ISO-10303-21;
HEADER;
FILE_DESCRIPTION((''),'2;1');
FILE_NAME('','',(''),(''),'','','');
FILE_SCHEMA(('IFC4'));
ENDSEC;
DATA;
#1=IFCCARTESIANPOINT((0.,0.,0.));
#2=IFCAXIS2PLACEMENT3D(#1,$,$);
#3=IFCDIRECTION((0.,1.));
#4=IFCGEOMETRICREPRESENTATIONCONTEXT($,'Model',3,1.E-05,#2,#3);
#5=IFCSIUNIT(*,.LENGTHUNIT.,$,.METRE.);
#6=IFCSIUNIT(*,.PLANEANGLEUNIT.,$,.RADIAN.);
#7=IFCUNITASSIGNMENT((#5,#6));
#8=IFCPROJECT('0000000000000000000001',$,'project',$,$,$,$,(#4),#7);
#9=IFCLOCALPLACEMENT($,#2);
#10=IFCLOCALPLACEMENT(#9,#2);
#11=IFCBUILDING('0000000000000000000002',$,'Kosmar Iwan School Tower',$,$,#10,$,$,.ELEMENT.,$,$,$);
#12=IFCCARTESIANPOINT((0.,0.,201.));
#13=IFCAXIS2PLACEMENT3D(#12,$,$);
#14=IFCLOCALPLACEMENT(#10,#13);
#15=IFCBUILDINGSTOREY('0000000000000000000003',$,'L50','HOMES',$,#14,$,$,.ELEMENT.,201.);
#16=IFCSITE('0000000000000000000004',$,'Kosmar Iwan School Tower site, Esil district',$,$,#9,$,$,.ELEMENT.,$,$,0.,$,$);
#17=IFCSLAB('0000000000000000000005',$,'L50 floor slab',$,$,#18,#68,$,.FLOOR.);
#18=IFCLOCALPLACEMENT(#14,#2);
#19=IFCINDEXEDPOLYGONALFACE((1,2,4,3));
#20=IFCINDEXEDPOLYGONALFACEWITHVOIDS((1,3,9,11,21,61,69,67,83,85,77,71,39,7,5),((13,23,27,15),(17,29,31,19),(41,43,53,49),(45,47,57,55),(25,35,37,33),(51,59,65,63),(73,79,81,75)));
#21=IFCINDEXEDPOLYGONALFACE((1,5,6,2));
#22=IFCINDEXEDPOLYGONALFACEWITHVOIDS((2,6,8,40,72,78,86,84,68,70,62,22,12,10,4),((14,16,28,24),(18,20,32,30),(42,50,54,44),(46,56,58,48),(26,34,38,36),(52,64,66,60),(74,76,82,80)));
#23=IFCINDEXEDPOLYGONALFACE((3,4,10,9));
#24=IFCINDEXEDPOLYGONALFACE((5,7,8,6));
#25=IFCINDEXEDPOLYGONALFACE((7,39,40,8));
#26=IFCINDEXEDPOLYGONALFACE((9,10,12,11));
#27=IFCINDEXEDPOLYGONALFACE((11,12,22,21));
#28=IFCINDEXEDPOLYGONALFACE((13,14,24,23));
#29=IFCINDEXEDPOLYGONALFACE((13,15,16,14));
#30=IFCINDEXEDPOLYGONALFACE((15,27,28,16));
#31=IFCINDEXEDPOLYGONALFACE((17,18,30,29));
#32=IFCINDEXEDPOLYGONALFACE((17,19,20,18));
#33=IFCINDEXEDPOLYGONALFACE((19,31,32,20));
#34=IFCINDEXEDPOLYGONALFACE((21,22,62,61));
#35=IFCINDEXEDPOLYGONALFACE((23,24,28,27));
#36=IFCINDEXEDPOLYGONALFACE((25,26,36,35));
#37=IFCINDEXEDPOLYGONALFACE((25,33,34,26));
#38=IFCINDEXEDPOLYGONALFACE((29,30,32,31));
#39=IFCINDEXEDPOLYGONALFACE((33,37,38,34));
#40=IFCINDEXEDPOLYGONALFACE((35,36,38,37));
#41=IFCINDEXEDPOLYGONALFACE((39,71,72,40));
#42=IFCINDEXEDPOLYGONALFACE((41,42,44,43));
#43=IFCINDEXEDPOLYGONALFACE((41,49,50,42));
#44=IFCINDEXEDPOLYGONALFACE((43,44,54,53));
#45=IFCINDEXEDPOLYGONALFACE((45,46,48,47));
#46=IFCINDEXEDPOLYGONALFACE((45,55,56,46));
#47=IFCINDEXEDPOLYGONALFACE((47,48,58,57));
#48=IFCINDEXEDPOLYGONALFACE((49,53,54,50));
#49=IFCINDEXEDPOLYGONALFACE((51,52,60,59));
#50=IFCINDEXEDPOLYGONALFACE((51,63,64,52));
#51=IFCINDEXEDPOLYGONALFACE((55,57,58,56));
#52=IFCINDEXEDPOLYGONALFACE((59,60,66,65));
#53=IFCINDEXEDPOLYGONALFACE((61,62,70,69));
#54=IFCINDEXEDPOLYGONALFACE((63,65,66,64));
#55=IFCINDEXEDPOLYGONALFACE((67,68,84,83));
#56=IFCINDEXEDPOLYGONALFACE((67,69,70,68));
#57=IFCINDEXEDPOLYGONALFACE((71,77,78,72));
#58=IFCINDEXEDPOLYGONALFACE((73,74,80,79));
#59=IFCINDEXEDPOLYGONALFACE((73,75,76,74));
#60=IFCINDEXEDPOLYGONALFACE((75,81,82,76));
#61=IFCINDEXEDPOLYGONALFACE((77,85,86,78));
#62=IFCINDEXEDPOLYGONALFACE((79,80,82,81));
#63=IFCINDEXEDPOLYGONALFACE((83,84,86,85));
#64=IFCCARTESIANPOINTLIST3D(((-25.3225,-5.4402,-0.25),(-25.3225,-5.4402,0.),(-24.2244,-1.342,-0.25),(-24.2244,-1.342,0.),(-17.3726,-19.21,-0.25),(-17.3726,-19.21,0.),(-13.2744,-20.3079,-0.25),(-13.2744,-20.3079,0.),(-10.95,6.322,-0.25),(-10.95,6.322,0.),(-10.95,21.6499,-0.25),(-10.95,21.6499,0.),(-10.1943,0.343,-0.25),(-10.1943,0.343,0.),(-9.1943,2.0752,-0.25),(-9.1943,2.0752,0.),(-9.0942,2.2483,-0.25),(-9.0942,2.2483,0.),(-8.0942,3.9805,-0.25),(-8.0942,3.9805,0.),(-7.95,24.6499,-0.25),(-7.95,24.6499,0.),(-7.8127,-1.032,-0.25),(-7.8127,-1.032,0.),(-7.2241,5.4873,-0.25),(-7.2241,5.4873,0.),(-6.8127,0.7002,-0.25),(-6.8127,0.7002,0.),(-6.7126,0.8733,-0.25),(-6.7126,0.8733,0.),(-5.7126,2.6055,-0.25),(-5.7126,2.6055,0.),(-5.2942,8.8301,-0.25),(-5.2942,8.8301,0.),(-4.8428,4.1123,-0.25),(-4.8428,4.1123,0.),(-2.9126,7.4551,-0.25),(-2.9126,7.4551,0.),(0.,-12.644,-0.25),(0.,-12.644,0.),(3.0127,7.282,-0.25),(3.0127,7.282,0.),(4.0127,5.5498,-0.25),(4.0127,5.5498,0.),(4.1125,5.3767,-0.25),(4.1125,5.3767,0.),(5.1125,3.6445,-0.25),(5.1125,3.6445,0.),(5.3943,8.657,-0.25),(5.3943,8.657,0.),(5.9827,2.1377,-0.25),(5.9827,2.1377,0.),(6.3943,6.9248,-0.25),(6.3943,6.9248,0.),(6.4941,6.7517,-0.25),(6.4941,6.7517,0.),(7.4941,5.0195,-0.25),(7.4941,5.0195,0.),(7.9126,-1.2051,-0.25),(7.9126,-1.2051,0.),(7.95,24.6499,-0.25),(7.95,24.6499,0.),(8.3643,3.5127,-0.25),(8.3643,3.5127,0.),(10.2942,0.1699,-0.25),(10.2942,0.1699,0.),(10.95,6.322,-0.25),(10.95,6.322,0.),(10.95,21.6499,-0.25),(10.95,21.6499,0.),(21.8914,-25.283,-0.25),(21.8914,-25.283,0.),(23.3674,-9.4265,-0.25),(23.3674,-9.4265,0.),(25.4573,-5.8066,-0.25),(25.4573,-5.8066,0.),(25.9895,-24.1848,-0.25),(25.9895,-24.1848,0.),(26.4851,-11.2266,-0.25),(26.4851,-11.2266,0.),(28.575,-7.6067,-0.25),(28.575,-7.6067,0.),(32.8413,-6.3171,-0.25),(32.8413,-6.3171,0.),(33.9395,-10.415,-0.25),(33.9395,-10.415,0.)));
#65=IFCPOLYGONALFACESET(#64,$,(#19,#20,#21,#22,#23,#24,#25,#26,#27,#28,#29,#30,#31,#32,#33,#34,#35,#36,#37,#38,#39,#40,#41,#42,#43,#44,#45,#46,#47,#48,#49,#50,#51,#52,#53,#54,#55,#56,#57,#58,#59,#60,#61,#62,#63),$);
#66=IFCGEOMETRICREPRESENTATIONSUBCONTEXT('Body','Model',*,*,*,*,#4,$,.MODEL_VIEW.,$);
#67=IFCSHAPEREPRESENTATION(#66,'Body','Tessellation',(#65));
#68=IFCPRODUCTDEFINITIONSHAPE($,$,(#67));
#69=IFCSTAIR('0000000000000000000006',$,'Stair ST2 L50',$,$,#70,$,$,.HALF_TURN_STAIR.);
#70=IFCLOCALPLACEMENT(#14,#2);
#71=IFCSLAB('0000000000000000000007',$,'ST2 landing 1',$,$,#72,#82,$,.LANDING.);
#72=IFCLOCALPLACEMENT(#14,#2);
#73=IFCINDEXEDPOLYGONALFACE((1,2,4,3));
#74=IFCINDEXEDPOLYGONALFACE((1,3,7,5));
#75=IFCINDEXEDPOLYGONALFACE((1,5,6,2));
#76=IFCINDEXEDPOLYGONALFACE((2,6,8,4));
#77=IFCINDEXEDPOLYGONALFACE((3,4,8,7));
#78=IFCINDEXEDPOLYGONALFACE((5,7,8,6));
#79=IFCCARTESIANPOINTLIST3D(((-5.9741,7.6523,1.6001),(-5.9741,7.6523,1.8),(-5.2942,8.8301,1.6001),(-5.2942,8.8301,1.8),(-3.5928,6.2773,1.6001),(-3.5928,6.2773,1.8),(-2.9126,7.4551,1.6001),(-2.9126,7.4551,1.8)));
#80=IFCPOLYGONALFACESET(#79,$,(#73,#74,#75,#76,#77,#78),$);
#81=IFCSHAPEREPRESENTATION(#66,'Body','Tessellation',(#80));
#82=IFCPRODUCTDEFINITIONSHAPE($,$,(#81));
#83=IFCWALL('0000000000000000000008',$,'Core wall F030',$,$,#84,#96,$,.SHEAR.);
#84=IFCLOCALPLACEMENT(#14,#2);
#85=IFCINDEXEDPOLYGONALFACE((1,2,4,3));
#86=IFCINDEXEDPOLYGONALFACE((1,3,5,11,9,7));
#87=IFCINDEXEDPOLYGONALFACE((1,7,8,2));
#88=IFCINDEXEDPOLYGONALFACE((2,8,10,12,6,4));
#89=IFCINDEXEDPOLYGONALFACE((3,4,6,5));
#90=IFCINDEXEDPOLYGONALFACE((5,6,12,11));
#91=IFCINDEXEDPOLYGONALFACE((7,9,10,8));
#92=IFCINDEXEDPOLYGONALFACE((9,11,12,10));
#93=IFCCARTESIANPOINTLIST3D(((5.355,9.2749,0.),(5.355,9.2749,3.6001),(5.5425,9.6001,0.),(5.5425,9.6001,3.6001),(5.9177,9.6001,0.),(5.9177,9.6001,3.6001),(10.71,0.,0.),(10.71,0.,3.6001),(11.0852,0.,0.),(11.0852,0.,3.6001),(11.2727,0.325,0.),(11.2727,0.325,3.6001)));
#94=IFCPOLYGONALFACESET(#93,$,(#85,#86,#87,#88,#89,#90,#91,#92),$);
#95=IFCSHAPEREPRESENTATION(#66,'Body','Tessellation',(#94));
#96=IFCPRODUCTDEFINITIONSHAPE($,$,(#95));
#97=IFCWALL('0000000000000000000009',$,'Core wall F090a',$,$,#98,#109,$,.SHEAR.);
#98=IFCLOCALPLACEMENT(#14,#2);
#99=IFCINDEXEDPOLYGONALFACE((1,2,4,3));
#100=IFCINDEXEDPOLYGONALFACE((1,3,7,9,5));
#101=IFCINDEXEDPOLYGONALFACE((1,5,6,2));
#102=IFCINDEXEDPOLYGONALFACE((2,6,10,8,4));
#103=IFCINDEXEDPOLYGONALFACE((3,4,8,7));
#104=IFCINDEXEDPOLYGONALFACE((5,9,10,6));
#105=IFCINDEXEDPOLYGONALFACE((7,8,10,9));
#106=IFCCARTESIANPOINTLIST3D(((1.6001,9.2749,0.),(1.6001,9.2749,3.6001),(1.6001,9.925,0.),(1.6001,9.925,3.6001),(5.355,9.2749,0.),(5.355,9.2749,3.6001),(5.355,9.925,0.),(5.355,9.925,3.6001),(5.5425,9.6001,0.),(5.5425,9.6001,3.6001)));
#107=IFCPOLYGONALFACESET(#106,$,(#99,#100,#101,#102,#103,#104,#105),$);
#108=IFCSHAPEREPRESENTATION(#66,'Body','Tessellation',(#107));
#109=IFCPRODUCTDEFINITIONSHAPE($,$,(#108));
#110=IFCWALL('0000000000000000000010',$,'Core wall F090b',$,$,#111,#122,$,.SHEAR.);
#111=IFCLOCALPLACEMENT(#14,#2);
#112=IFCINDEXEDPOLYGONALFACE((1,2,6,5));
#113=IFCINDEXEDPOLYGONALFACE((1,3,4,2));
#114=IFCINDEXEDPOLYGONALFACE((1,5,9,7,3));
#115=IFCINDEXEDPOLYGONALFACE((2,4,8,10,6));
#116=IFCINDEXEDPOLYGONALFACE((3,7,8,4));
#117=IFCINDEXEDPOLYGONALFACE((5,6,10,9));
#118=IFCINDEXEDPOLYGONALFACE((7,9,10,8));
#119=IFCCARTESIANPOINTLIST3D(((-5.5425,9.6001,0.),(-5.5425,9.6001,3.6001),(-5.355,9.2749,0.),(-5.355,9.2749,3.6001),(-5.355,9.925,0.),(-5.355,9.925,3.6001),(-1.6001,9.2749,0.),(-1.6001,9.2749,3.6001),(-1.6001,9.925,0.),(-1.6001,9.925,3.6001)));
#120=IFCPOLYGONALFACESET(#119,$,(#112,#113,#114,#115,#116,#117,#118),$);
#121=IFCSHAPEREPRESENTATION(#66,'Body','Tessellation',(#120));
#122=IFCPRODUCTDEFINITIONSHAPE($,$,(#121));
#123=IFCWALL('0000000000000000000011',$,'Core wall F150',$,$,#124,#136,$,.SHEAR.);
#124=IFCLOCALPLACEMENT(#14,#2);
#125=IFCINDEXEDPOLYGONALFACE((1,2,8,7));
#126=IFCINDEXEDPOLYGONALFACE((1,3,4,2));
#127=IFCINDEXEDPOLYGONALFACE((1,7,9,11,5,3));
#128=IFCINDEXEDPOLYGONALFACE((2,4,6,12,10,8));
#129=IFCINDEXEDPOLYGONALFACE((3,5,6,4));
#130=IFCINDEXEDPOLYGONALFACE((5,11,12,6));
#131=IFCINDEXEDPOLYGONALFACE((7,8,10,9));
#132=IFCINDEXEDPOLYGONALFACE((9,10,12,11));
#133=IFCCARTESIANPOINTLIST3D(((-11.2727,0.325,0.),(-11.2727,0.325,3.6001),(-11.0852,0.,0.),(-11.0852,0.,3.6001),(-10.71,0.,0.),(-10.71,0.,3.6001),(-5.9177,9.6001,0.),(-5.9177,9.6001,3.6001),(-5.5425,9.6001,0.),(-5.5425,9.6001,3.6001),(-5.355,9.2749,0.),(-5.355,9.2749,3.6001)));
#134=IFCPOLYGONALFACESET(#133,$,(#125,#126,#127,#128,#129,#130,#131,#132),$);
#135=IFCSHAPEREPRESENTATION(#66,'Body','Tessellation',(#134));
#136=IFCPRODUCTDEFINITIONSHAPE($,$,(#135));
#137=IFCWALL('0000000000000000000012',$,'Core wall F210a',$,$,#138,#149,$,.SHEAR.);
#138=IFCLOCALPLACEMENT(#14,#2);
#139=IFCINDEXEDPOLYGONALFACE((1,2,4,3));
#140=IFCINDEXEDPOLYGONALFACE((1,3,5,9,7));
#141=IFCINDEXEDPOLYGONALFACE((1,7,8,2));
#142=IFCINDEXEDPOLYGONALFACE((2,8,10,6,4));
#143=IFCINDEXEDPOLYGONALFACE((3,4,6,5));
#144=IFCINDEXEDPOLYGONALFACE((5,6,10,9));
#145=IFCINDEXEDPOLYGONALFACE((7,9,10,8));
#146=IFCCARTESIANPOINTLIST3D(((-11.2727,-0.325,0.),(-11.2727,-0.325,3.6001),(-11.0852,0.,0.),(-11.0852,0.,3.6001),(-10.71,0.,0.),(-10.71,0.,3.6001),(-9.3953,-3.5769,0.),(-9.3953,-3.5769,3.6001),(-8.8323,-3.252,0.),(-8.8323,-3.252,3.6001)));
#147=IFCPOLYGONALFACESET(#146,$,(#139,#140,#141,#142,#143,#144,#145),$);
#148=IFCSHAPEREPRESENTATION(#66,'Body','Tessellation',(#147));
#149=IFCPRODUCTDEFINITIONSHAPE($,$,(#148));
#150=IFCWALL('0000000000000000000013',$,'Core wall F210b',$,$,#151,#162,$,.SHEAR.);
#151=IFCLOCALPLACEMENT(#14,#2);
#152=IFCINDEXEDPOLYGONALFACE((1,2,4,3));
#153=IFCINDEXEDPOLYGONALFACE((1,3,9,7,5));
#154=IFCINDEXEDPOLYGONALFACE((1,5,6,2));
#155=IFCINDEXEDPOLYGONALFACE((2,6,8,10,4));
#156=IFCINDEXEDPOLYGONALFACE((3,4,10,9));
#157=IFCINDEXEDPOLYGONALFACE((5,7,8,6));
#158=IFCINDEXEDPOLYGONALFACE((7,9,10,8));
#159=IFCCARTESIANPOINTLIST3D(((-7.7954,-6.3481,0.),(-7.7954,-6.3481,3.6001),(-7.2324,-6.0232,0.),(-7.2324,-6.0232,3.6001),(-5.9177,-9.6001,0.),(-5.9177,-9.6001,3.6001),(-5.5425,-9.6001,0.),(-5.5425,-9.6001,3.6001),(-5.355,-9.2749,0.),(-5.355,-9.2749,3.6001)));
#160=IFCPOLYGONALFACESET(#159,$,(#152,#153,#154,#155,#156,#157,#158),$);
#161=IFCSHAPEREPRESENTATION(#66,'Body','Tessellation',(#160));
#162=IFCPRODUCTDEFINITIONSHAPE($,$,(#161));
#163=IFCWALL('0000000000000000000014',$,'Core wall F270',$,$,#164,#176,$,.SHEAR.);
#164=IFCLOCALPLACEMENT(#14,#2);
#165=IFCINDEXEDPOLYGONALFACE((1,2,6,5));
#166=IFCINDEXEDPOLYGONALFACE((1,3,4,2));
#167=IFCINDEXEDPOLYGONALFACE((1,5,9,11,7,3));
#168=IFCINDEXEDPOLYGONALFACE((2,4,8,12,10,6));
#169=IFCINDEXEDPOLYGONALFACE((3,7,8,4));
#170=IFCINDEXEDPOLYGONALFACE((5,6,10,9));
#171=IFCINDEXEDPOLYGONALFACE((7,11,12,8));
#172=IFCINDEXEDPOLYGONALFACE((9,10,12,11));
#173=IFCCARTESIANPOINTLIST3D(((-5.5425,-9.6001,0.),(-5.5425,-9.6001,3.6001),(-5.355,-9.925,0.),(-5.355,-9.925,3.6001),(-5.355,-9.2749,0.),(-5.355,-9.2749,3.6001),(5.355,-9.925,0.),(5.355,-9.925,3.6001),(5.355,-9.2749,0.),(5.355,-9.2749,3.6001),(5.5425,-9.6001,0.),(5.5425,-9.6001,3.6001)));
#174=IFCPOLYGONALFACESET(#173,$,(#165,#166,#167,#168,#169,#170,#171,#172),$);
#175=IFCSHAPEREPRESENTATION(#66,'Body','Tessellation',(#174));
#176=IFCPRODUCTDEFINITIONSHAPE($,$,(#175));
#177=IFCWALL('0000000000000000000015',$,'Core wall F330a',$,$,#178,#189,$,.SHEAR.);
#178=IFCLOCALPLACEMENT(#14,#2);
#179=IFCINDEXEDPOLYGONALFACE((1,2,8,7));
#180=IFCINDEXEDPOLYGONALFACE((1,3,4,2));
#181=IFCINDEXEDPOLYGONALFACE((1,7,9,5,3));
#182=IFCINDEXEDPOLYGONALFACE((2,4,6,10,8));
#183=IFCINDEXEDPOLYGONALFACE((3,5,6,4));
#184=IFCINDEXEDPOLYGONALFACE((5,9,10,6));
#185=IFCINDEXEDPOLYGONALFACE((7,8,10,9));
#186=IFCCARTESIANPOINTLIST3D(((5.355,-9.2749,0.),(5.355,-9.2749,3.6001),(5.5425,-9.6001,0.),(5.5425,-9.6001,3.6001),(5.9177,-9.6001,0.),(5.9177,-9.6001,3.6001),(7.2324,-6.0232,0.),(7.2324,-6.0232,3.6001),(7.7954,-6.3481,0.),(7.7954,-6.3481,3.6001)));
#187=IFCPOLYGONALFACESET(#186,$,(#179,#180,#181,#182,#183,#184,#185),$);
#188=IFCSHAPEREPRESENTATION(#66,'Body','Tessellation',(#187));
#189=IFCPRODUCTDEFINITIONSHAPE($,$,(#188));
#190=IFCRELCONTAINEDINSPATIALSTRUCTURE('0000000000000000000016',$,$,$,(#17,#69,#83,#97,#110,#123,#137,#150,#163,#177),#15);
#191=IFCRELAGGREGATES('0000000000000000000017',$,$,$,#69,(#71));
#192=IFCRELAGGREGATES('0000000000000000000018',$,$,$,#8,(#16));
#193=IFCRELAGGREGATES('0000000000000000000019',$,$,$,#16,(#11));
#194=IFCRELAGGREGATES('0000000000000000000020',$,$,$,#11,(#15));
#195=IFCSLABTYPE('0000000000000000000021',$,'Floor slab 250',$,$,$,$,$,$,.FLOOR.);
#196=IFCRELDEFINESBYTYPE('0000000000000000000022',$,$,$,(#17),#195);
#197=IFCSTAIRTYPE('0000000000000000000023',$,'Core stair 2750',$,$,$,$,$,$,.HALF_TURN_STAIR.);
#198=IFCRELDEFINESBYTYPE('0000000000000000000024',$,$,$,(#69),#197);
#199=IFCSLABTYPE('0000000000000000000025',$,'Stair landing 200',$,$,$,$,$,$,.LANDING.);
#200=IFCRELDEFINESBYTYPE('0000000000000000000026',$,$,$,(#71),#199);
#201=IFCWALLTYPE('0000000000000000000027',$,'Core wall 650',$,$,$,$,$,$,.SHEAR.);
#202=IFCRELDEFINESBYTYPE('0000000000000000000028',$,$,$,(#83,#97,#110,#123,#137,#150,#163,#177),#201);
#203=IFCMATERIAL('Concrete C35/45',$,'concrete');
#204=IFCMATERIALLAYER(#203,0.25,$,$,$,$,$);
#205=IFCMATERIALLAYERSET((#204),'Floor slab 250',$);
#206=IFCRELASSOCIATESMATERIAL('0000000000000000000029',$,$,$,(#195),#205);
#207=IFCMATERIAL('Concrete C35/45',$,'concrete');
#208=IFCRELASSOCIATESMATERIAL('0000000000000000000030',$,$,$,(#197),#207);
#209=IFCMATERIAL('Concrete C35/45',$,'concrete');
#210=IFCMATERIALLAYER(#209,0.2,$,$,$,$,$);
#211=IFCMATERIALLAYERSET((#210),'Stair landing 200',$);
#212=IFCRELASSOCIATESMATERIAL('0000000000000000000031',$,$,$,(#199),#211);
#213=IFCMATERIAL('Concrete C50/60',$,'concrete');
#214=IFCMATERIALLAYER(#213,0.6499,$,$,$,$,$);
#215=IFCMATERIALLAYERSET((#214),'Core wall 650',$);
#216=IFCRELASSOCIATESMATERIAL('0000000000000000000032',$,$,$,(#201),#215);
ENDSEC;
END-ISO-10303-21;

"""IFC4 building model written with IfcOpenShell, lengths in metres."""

from ifc_helpers import new_model, si_unit, direction, frame, origin, place, context, subcontext, project, spatial, polyline, outline, extrude, material, layer, layer_set, type_object, element, aggregate, save


model = new_model("IFC4")

# Units and contexts
model_context = context("Model", 3, precision=1e-05, world=origin(), true_north=direction((0.0, 1.0)))
body_context = subcontext(model_context, "Body", "Model", "MODEL_VIEW")
ifc_project = project(units=[si_unit("LENGTHUNIT", "METRE"), si_unit("PLANEANGLEUNIT", "RADIAN")], contexts=[model_context])

# Site, building, storey
site_placement = place(None, origin())
site = spatial("IfcSite", under=ifc_project, at=site_placement, Name="Kosmar Iwan School Tower site, Esil district", CompositionType="ELEMENT", RefElevation=0.0)
building_placement = place(site_placement, origin())
building = spatial("IfcBuilding", under=site, at=building_placement, Name="Kosmar Iwan School Tower", CompositionType="ELEMENT")
storey_placement = place(building_placement, frame((0.0, 0.0, 201.0)))
storey = spatial("IfcBuildingStorey", under=building, at=storey_placement, Name="L50", Description="HOMES", CompositionType="ELEMENT", Elevation=201.0)

# Slab
ifc_material_1 = material(Name="Concrete C35/45", Category="concrete")
ifc_layer_1 = layer(ifc_material_1, 0.25)
ifc_layer_set_1 = layer_set([ifc_layer_1], Name="Floor slab 250")
slab_type_1 = type_object("IfcSlabType", Name="Floor slab 250", PredefinedType="FLOOR", material=ifc_layer_set_1)
slab_1_placement = place(storey_placement, frame((0.0, 0.0, -0.25)))
element("IfcSlab", 1, at=slab_1_placement, inside=storey, type_object=slab_type_1, Name="L50 floor slab", PredefinedType="FLOOR", context=body_context, shape_type="SweptSolid", body=[
    extrude(outline(polyline([(21.8914, -25.283), (25.9895, -24.1848), (33.9395, -10.415), (32.8413, -6.3171), (10.95, 6.322), (10.95, 21.6499), (7.95, 24.6499), (-7.95, 24.6499), (-10.95, 21.6499), (-10.95, 6.322), (-24.2244, -1.342), (-25.3225, -5.4402), (-17.3726, -19.21), (-13.2744, -20.3079), (0.0, -12.644), (21.8914, -25.283)]), holes=[polyline([(7.9126, -1.2051), (10.2942, 0.1699), (8.3643, 3.5127), (5.9827, 2.1377), (7.9126, -1.2051)]), polyline([(-2.9126, 7.4551), (-5.2942, 8.8301), (-7.2241, 5.4873), (-4.8428, 4.1123), (-2.9126, 7.4551)]), polyline([(-5.7126, 2.6055), (-8.0942, 3.9805), (-9.0942, 2.2483), (-6.7126, 0.8733), (-5.7126, 2.6055)]), polyline([(-6.8127, 0.7002), (-9.1943, 2.0752), (-10.1943, 0.343), (-7.8127, -1.032), (-6.8127, 0.7002)]), polyline([(5.1125, 3.6445), (7.4941, 5.0195), (6.4941, 6.7517), (4.1125, 5.3767), (5.1125, 3.6445)]), polyline([(4.0127, 5.5498), (6.3943, 6.9248), (5.3943, 8.657), (3.0127, 7.282), (4.0127, 5.5498)]), polyline([(23.3674, -9.4265), (26.4851, -11.2266), (28.575, -7.6067), (25.4573, -5.8066), (23.3674, -9.4265)])]), origin(), (0.0, 0.0, 1.0), 0.25),
])

# Stair, slab
ifc_material_2 = material(Name="Concrete C35/45", Category="concrete")
stair_type = type_object("IfcStairType", Name="Core stair 2750", PredefinedType="HALF_TURN_STAIR", material=ifc_material_2)
stair_placement = place(storey_placement, origin())
stair = element("IfcStair", 2, at=stair_placement, inside=storey, type_object=stair_type, Name="Stair ST2 L50", PredefinedType="HALF_TURN_STAIR")
ifc_material_3 = material(Name="Concrete C35/45", Category="concrete")
ifc_layer_2 = layer(ifc_material_3, 0.2)
ifc_layer_set_2 = layer_set([ifc_layer_2], Name="Stair landing 200")
slab_type_2 = type_object("IfcSlabType", Name="Stair landing 200", PredefinedType="LANDING", material=ifc_layer_set_2)
slab_2_placement = place(storey_placement, frame((0.0, 0.0, 1.6001)))
slab_2 = element("IfcSlab", 3, at=slab_2_placement, type_object=slab_type_2, Name="ST2 landing 1", PredefinedType="LANDING", context=body_context, shape_type="SweptSolid", body=[
    extrude(outline(polyline([(-2.9126, 7.4551), (-5.2942, 8.8301), (-5.9741, 7.6523), (-3.5928, 6.2773), (-2.9126, 7.4551)])), origin(), (0.0, 0.0, 1.0), 0.2),
])
aggregate(stair, [slab_2])

# Walls
ifc_material_4 = material(Name="Concrete C50/60", Category="concrete")
ifc_layer_3 = layer(ifc_material_4, 0.6499)
ifc_layer_set_3 = layer_set([ifc_layer_3], Name="Core wall 650")
wall_type = type_object("IfcWallType", Name="Core wall 650", PredefinedType="SHEAR", material=ifc_layer_set_3)
wall_1_placement = place(storey_placement, origin())
element("IfcWall", 4, at=wall_1_placement, inside=storey, type_object=wall_type, Name="Core wall F030", PredefinedType="SHEAR", context=body_context, shape_type="SweptSolid", body=[
    extrude(outline(polyline([(10.71, 0.0), (11.0852, 0.0), (11.2727, 0.325), (5.9177, 9.6001), (5.5425, 9.6001), (5.355, 9.2749), (10.71, 0.0)])), origin(), (0.0, 0.0, 1.0), 3.6001),
])
wall_2_placement = place(storey_placement, origin())
element("IfcWall", 5, at=wall_2_placement, inside=storey, type_object=wall_type, Name="Core wall F090a", PredefinedType="SHEAR", context=body_context, shape_type="SweptSolid", body=[
    extrude(outline(polyline([(1.6001, 9.2749), (5.355, 9.2749), (5.5425, 9.6001), (5.355, 9.925), (1.6001, 9.925), (1.6001, 9.2749)])), origin(), (0.0, 0.0, 1.0), 3.6001),
])
wall_3_placement = place(storey_placement, origin())
element("IfcWall", 6, at=wall_3_placement, inside=storey, type_object=wall_type, Name="Core wall F090b", PredefinedType="SHEAR", context=body_context, shape_type="SweptSolid", body=[
    extrude(outline(polyline([(-5.355, 9.2749), (-1.6001, 9.2749), (-1.6001, 9.925), (-5.355, 9.925), (-5.5425, 9.6001), (-5.355, 9.2749)])), origin(), (0.0, 0.0, 1.0), 3.6001),
])
wall_4_placement = place(storey_placement, origin())
element("IfcWall", 7, at=wall_4_placement, inside=storey, type_object=wall_type, Name="Core wall F150", PredefinedType="SHEAR", context=body_context, shape_type="SweptSolid", body=[
    extrude(outline(polyline([(-11.0852, 0.0), (-10.71, 0.0), (-5.355, 9.2749), (-5.5425, 9.6001), (-5.9177, 9.6001), (-11.2727, 0.325), (-11.0852, 0.0)])), origin(), (0.0, 0.0, 1.0), 3.6001),
])
wall_5_placement = place(storey_placement, origin())
element("IfcWall", 8, at=wall_5_placement, inside=storey, type_object=wall_type, Name="Core wall F210a", PredefinedType="SHEAR", context=body_context, shape_type="SweptSolid", body=[
    extrude(outline(polyline([(-9.3953, -3.5769), (-8.8323, -3.252), (-10.71, 0.0), (-11.0852, 0.0), (-11.2727, -0.325), (-9.3953, -3.5769)])), origin(), (0.0, 0.0, 1.0), 3.6001),
])
wall_6_placement = place(storey_placement, origin())
element("IfcWall", 9, at=wall_6_placement, inside=storey, type_object=wall_type, Name="Core wall F210b", PredefinedType="SHEAR", context=body_context, shape_type="SweptSolid", body=[
    extrude(outline(polyline([(-5.9177, -9.6001), (-5.5425, -9.6001), (-5.355, -9.2749), (-7.2324, -6.0232), (-7.7954, -6.3481), (-5.9177, -9.6001)])), origin(), (0.0, 0.0, 1.0), 3.6001),
])
wall_7_placement = place(storey_placement, origin())
element("IfcWall", 10, at=wall_7_placement, inside=storey, type_object=wall_type, Name="Core wall F270", PredefinedType="SHEAR", context=body_context, shape_type="SweptSolid", body=[
    extrude(outline(polyline([(-5.355, -9.925), (5.355, -9.925), (5.5425, -9.6001), (5.355, -9.2749), (-5.355, -9.2749), (-5.5425, -9.6001), (-5.355, -9.925)])), origin(), (0.0, 0.0, 1.0), 3.6001),
])
wall_8_placement = place(storey_placement, origin())
element("IfcWall", 11, at=wall_8_placement, inside=storey, type_object=wall_type, Name="Core wall F330a", PredefinedType="SHEAR", context=body_context, shape_type="SweptSolid", body=[
    extrude(outline(polyline([(5.5425, -9.6001), (5.9177, -9.6001), (7.7954, -6.3481), (7.2324, -6.0232), (5.355, -9.2749), (5.5425, -9.6001)])), origin(), (0.0, 0.0, 1.0), 3.6001),
])

save(model, "model.ifc")
